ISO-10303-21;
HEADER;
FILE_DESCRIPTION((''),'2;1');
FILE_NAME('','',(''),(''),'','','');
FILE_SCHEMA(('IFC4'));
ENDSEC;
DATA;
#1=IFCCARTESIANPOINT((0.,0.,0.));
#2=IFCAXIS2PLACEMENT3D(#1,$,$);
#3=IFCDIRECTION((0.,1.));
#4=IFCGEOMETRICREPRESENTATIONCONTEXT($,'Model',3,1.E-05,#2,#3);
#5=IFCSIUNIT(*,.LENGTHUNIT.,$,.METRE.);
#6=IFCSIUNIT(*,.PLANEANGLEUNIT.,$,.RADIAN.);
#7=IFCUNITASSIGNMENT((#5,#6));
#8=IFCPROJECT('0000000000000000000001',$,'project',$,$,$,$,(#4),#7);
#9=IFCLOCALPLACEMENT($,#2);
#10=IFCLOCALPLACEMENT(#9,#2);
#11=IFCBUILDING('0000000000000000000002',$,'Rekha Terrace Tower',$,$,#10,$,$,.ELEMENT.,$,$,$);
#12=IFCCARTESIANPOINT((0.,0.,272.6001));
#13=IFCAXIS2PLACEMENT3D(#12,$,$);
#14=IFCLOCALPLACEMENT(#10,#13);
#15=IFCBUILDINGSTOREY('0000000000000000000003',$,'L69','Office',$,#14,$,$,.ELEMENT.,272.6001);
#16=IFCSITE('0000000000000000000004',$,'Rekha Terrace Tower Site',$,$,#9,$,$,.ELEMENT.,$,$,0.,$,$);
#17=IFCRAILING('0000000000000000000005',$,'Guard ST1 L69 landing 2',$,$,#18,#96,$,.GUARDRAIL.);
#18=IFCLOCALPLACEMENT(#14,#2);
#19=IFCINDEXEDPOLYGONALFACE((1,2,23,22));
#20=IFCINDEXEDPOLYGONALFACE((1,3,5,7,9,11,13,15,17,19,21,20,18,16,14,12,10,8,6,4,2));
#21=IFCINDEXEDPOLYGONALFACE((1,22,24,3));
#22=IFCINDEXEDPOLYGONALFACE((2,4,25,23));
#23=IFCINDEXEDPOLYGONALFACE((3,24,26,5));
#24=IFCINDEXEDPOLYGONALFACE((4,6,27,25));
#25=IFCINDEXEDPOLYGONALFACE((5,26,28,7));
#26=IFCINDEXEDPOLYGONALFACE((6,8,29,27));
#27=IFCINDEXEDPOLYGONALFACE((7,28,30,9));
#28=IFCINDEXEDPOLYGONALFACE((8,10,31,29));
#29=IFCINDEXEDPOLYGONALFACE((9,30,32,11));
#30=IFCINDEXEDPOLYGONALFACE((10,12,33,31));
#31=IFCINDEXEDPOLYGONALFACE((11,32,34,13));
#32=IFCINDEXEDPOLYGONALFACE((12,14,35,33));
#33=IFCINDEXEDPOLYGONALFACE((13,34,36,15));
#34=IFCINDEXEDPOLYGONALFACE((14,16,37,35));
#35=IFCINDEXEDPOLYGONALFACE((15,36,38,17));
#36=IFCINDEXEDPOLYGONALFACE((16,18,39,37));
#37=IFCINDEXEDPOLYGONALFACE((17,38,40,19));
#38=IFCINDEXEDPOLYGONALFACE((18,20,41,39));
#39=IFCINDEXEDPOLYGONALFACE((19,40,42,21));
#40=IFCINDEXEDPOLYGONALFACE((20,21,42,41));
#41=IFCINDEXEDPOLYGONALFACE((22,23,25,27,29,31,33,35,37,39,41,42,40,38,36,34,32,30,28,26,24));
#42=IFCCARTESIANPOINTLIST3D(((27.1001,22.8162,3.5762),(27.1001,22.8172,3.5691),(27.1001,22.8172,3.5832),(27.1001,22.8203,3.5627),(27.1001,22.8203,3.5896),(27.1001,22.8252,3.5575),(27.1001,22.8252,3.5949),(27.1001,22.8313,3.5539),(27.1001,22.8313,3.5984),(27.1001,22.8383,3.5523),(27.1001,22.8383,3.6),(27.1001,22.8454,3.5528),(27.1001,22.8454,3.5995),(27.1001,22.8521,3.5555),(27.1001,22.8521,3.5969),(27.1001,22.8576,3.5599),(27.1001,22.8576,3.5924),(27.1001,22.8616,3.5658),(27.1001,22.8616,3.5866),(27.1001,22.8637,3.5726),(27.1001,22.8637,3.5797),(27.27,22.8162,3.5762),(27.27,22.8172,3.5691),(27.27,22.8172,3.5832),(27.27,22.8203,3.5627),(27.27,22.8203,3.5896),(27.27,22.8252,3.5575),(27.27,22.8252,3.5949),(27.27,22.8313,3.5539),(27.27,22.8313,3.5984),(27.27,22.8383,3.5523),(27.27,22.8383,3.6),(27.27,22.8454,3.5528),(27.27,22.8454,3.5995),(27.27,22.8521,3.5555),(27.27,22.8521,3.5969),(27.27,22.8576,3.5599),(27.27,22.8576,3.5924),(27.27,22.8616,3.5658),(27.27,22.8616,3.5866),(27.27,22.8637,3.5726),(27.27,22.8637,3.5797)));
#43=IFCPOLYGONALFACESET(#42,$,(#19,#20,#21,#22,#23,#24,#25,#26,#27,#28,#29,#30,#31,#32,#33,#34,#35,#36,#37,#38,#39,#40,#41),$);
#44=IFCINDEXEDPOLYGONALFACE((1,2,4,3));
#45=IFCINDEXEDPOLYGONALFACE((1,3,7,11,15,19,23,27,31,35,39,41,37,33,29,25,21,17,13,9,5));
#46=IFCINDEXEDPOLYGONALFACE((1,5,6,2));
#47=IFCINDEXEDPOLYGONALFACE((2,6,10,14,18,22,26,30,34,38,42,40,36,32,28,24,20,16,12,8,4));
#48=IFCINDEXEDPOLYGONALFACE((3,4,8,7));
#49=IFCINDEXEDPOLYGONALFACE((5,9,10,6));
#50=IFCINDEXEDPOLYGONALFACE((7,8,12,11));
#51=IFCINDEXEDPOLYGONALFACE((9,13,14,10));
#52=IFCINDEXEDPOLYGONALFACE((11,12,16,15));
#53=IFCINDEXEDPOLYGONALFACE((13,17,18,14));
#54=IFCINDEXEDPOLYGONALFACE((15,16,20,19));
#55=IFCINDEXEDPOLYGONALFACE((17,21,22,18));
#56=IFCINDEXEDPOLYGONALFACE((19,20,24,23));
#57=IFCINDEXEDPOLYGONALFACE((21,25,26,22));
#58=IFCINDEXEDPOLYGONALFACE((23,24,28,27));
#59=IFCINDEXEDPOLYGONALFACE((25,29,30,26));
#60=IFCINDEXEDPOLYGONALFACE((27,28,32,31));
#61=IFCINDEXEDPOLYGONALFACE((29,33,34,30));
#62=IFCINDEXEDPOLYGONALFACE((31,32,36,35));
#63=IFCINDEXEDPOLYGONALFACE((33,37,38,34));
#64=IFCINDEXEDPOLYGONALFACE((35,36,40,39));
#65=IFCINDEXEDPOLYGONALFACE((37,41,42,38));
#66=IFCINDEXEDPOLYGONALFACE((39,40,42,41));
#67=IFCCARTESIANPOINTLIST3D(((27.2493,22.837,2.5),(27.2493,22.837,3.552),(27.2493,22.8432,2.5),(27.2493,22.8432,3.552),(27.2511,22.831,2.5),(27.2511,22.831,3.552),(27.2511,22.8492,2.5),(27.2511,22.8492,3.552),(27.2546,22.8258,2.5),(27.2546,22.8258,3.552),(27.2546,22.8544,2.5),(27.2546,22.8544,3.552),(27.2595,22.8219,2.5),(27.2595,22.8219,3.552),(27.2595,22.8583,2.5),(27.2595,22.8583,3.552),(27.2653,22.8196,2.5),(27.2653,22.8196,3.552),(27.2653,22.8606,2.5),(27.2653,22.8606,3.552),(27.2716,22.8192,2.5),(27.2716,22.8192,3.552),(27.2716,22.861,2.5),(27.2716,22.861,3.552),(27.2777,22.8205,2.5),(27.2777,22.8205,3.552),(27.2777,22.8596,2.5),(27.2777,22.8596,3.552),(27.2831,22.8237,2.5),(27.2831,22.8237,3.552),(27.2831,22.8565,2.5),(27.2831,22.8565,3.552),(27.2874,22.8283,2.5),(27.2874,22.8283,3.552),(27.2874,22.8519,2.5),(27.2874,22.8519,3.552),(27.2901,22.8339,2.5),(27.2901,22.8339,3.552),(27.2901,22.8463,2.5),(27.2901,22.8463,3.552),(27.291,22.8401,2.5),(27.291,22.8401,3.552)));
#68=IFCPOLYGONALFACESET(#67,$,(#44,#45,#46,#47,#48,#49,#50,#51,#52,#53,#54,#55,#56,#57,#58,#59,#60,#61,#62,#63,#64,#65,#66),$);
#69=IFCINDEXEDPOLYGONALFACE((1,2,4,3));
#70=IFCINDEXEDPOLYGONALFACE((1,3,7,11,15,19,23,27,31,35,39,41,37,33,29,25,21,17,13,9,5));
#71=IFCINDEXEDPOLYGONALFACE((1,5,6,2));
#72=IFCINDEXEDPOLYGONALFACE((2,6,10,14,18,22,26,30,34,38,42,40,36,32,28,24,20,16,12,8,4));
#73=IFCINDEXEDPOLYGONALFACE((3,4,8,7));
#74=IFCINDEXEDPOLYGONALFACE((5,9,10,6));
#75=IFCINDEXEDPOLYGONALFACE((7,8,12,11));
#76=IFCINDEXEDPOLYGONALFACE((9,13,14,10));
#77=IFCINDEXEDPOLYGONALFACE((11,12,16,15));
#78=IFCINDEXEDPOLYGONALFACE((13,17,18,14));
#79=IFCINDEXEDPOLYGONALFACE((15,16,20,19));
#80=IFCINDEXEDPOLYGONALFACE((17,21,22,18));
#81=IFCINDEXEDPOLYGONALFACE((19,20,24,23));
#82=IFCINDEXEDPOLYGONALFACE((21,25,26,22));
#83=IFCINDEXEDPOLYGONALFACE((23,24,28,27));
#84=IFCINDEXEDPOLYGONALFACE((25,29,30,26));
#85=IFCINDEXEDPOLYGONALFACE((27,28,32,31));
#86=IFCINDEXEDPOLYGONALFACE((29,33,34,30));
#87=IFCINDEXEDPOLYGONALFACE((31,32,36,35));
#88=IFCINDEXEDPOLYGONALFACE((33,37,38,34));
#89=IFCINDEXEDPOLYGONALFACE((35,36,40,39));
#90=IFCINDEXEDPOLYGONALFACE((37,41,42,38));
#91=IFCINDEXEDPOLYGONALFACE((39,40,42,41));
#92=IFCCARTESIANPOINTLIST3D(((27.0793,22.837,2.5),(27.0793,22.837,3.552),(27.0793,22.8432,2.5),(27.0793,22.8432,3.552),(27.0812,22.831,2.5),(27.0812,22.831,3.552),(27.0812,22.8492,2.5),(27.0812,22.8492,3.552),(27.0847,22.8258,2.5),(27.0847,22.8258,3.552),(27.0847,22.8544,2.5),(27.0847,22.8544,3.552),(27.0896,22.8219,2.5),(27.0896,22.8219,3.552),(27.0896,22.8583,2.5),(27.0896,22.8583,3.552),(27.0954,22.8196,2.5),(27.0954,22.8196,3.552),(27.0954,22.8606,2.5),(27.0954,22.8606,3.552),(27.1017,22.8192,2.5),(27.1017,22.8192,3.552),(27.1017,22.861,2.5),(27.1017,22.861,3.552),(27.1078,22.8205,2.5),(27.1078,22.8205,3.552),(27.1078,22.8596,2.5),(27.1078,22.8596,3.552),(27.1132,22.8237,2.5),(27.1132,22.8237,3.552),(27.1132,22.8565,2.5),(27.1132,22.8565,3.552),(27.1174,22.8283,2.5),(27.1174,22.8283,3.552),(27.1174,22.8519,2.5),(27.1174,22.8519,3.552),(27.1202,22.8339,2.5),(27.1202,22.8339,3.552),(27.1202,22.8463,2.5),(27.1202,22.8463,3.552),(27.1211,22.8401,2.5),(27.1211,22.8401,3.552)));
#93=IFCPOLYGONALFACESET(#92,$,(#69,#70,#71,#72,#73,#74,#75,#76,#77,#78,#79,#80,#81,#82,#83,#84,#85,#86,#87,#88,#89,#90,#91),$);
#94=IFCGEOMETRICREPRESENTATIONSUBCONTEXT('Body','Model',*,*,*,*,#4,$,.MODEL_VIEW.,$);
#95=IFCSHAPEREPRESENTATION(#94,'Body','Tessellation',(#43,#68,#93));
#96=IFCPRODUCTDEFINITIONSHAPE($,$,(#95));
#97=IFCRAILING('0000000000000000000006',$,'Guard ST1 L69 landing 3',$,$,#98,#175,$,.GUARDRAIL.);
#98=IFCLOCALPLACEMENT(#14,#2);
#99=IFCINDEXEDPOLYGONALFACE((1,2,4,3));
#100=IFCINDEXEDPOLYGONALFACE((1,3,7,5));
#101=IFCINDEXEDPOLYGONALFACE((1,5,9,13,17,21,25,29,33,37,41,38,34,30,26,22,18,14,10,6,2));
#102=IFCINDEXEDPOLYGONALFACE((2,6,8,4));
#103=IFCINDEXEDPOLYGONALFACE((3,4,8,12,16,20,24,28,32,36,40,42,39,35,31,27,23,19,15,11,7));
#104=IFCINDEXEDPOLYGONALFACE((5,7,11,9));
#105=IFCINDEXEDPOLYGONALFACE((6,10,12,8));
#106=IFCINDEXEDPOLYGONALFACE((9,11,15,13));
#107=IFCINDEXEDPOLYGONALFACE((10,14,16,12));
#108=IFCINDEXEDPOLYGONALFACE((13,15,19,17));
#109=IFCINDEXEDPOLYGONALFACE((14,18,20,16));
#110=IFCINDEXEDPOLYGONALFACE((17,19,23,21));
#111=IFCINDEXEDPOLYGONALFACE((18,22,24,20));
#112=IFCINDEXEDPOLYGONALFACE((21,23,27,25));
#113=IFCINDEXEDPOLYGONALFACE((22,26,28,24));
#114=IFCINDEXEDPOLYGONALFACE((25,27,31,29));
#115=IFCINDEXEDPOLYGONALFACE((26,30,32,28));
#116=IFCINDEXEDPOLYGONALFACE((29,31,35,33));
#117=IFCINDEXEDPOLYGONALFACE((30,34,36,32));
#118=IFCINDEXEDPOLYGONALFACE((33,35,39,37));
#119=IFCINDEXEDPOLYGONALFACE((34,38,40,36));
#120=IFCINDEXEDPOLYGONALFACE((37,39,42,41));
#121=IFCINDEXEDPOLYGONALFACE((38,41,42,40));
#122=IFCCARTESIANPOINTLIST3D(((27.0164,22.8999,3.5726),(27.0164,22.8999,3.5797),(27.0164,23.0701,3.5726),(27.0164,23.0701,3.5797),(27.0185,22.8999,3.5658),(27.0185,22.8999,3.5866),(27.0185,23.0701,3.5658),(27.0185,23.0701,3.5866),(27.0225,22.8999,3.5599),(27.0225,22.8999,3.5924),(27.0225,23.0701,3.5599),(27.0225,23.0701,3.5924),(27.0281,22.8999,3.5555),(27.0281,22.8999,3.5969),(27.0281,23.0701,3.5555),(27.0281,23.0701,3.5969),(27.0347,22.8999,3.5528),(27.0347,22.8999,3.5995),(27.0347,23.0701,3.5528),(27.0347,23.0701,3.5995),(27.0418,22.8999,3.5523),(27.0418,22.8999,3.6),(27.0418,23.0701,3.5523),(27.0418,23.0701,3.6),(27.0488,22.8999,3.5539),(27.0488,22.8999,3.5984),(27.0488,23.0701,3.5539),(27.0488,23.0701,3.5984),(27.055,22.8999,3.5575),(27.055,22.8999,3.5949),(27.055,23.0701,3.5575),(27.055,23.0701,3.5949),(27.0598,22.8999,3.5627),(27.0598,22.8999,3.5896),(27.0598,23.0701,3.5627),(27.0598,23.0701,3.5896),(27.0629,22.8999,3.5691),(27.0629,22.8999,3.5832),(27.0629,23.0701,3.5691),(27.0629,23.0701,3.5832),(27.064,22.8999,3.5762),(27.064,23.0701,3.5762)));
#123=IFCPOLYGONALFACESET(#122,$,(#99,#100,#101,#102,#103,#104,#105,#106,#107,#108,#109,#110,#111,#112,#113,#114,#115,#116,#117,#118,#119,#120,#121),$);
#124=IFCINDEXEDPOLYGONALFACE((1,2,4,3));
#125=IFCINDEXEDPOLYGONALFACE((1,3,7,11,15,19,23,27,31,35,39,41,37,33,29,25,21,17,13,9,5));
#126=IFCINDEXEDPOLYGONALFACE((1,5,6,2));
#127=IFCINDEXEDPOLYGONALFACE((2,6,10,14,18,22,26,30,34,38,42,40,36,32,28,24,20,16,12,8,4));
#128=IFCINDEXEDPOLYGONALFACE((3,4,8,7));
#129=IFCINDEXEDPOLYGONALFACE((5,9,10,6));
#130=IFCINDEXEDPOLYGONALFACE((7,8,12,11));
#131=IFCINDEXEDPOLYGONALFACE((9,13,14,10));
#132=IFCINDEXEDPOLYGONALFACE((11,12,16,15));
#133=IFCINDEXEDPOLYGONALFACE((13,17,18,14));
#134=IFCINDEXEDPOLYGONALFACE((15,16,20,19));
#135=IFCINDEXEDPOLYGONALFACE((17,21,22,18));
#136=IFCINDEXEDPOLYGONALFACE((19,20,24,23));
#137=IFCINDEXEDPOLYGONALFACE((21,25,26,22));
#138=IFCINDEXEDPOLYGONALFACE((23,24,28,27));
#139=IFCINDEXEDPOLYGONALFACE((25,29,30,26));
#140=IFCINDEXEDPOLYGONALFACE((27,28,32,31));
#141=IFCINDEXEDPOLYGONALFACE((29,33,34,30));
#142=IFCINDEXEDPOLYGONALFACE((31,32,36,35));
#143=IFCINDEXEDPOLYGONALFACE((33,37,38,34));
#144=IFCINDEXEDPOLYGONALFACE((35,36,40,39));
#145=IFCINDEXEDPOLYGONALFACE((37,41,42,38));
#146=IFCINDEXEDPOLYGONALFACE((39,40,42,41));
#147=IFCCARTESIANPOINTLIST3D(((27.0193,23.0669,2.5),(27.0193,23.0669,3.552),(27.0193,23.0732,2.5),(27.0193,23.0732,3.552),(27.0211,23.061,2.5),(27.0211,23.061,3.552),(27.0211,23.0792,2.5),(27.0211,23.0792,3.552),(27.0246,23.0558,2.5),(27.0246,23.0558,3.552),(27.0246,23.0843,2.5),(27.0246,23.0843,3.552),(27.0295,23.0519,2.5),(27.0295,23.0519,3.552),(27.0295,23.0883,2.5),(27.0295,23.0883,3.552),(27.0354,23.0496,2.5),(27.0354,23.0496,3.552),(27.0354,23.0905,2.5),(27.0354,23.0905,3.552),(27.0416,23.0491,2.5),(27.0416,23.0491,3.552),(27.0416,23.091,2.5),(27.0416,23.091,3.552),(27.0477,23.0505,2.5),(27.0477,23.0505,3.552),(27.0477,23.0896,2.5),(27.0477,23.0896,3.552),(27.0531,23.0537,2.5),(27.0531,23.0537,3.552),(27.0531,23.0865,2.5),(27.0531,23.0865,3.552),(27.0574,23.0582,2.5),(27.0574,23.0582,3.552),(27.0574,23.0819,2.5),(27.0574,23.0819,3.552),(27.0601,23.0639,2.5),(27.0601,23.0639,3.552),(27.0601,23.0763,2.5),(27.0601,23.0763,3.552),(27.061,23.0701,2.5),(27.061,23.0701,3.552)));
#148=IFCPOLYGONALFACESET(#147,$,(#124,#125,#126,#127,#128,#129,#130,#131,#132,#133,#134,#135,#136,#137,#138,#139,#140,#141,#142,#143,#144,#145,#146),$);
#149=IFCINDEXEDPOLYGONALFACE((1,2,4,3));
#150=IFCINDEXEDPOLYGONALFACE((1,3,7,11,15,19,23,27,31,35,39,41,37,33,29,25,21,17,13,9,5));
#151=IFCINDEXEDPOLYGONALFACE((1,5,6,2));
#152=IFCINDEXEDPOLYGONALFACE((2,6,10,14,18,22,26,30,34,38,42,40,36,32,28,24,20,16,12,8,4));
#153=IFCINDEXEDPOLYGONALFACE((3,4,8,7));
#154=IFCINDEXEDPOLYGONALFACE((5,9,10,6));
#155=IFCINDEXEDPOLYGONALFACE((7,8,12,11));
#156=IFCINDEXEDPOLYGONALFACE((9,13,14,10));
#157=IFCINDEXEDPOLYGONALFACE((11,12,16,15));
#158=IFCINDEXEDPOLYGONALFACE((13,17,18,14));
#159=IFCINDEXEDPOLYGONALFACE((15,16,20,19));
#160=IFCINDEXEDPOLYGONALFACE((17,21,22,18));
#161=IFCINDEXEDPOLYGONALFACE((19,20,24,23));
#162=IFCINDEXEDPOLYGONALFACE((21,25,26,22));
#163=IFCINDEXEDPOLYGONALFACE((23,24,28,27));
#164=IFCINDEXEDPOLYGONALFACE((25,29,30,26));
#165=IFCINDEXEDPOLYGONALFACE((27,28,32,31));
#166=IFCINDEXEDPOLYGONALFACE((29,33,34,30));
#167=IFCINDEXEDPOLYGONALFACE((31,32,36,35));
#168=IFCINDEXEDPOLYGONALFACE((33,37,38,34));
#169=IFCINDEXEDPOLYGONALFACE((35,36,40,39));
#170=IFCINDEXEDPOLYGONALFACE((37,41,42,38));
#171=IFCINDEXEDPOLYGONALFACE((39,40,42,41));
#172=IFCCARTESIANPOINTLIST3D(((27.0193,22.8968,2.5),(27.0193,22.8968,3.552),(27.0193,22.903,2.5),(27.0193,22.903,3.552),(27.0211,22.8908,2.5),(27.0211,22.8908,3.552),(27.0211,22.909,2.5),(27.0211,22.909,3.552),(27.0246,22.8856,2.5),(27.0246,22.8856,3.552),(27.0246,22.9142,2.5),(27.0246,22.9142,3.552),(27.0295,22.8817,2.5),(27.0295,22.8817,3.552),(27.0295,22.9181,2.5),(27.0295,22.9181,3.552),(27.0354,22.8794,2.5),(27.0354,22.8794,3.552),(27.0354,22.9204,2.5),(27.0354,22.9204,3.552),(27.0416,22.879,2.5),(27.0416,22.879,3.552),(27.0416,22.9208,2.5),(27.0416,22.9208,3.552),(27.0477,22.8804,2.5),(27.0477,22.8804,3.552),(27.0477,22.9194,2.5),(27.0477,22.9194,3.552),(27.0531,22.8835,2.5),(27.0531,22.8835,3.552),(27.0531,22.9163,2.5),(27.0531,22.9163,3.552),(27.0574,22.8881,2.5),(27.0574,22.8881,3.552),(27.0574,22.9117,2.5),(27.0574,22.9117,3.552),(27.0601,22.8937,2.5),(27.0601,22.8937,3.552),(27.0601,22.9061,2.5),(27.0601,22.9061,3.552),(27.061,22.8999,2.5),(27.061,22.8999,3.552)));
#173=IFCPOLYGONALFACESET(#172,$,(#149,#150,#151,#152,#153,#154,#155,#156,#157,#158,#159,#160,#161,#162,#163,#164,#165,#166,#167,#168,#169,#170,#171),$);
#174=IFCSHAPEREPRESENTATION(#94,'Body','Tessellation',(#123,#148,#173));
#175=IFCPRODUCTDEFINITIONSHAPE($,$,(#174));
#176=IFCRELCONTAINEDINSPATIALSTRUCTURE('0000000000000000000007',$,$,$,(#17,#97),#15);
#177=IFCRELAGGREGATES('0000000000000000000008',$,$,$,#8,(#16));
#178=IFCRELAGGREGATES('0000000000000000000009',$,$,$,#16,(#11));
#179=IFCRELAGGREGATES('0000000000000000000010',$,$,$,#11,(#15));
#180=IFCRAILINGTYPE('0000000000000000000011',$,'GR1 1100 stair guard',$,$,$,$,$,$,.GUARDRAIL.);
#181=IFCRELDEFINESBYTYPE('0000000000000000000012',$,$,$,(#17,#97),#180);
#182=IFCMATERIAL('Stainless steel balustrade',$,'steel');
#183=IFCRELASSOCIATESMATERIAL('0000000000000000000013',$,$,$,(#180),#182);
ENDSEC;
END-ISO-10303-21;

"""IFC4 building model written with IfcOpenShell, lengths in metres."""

from ifc_helpers import new_model, si_unit, direction, frame, origin, origin_2d, place, context, subcontext, project, spatial, circle, extrude, material, type_object, element, save


model = new_model("IFC4")

# Units and contexts
model_context = context("Model", 3, precision=1e-05, world=origin(), true_north=direction((0.0, 1.0)))
body_context = subcontext(model_context, "Body", "Model", "MODEL_VIEW")
ifc_project = project(units=[si_unit("LENGTHUNIT", "METRE"), si_unit("PLANEANGLEUNIT", "RADIAN")], contexts=[model_context])

# Site, building, storey
site_placement = place(None, origin())
site = spatial("IfcSite", under=ifc_project, at=site_placement, Name="Rekha Terrace Tower Site", CompositionType="ELEMENT", RefElevation=0.0)
building_placement = place(site_placement, origin())
building = spatial("IfcBuilding", under=site, at=building_placement, Name="Rekha Terrace Tower", CompositionType="ELEMENT")
storey_placement = place(building_placement, frame((0.0, 0.0, 272.6001)))
storey = spatial("IfcBuildingStorey", under=building, at=storey_placement, Name="L69", Description="Office", CompositionType="ELEMENT", Elevation=272.6001)

# Railings
ifc_material_1 = material(Name="Stainless steel balustrade", Category="steel")
railing_type_1 = type_object("IfcRailingType", Name="GR1 1100 stair guard", PredefinedType="GUARDRAIL", material=ifc_material_1)
railing_1_placement = place(storey_placement, frame((27.27, 22.8401, 2.5)))
element("IfcRailing", 1, at=railing_1_placement, inside=storey, type_object=railing_type_1, Name="Guard ST1 L69 landing 2", PredefinedType="GUARDRAIL", context=body_context, shape_type="SweptSolid", body=[
    extrude(circle(Radius=0.0239, at=origin_2d()), frame((0.0, 0.0, 1.0762), z_axis=(-1.0, 0.0, 0.0), x_axis=(0.0, -1.0, 0.0)), (0.0, 0.0, 1.0), 0.1699),
    extrude(circle(Radius=0.021, at=origin_2d()), origin(), (0.0, 0.0, 1.0), 1.052),
    extrude(circle(Radius=0.021, at=origin_2d()), frame((-0.1699, 0.0, 0.0)), (0.0, 0.0, 1.0), 1.052),
])
railing_2_placement = place(storey_placement, frame((27.04, 23.0701, 2.5)))
element("IfcRailing", 2, at=railing_2_placement, inside=storey, type_object=railing_type_1, Name="Guard ST1 L69 landing 3", PredefinedType="GUARDRAIL", context=body_context, shape_type="SweptSolid", body=[
    extrude(circle(Radius=0.0239, at=origin_2d()), frame((0.0, 0.0, 1.0762), z_axis=(0.0, -1.0, 0.0), x_axis=(1.0, 0.0, 0.0)), (0.0, 0.0, 1.0), 0.1702),
    extrude(circle(Radius=0.021, at=origin_2d()), origin(), (0.0, 0.0, 1.0), 1.052),
    extrude(circle(Radius=0.021, at=origin_2d()), frame((0.0, -0.1702, 0.0)), (0.0, 0.0, 1.0), 1.052),
])

save(model, "model.ifc")
